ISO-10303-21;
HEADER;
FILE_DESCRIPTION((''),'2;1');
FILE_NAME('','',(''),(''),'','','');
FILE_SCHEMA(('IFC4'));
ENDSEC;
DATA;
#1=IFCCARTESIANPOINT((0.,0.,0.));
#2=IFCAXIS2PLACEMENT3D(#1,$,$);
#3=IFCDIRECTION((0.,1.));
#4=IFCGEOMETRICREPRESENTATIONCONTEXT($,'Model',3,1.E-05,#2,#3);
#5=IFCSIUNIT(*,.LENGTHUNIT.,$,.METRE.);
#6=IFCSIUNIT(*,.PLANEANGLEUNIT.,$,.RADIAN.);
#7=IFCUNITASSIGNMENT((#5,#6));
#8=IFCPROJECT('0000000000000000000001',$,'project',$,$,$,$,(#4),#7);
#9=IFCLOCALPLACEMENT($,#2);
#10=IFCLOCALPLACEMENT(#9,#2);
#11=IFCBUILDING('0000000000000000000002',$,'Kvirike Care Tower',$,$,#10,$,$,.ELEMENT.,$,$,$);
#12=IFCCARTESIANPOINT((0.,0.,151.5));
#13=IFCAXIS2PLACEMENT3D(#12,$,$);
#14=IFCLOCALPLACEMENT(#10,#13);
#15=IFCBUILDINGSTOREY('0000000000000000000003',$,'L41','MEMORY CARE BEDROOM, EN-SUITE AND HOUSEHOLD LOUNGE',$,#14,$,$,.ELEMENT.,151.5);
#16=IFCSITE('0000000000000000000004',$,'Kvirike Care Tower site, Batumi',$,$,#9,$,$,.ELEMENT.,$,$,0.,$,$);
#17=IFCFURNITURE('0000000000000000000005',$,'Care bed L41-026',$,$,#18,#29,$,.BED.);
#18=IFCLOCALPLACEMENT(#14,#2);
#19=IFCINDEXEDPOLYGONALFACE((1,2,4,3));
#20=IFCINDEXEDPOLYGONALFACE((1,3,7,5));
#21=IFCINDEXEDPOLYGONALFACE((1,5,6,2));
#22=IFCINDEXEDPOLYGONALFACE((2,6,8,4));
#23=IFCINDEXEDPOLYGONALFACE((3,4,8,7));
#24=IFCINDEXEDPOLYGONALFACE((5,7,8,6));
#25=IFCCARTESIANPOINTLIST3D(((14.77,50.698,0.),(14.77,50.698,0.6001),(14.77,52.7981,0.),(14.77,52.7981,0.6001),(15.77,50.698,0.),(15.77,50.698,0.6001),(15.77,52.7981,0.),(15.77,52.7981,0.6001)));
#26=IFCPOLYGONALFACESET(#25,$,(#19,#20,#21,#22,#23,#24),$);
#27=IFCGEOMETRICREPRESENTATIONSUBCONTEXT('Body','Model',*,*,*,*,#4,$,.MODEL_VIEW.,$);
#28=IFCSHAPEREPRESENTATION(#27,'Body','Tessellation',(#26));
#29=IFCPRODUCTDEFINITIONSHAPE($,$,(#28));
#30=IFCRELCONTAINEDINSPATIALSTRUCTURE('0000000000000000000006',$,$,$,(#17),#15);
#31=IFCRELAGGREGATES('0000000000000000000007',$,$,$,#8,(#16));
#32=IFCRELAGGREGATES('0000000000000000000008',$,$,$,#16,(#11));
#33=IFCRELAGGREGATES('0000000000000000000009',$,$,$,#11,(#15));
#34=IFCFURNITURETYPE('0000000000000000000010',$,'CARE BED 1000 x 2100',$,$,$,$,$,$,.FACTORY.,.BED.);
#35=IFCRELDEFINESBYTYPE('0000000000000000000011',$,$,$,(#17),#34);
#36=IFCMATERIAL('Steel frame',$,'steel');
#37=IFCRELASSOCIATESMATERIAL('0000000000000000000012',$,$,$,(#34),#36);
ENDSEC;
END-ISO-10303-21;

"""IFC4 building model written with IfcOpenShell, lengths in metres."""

from ifc_helpers import new_model, si_unit, direction, frame, origin, origin_2d, place, context, subcontext, project, spatial, rectangle, extrude, material, type_object, element, save


model = new_model("IFC4")

# Units and contexts
model_context = context("Model", 3, precision=1e-05, world=origin(), true_north=direction((0.0, 1.0)))
body_context = subcontext(model_context, "Body", "Model", "MODEL_VIEW")
ifc_project = project(units=[si_unit("LENGTHUNIT", "METRE"), si_unit("PLANEANGLEUNIT", "RADIAN")], contexts=[model_context])

# Site, building, storey
site_placement = place(None, origin())
site = spatial("IfcSite", under=ifc_project, at=site_placement, Name="Kvirike Care Tower site, Batumi", CompositionType="ELEMENT", RefElevation=0.0)
building_placement = place(site_placement, origin())
building = spatial("IfcBuilding", under=site, at=building_placement, Name="Kvirike Care Tower", CompositionType="ELEMENT")
storey_placement = place(building_placement, frame((0.0, 0.0, 151.5)))
storey = spatial("IfcBuildingStorey", under=building, at=storey_placement, Name="L41", Description="MEMORY CARE BEDROOM, EN-SUITE AND HOUSEHOLD LOUNGE", CompositionType="ELEMENT", Elevation=151.5)

# Furniture
ifc_material_1 = material(Name="Steel frame", Category="steel")
furniture_type = type_object("IfcFurnitureType", Name="CARE BED 1000 x 2100", AssemblyPlace="FACTORY", PredefinedType="BED", material=ifc_material_1)
furniture_placement = place(storey_placement, frame((15.27, 51.748, 0.0), z_axis=(0.0, 0.0, 1.0), x_axis=(1.0, 0.0, 0.0)))
element("IfcFurniture", 1, at=furniture_placement, inside=storey, type_object=furniture_type, Name="Care bed L41-026", PredefinedType="BED", context=body_context, shape_type="SweptSolid", body=[
    extrude(rectangle(XDim=1.0, YDim=2.1001, at=origin_2d()), origin(), (0.0, 0.0, 1.0), 0.6001),
])

save(model, "model.ifc")
